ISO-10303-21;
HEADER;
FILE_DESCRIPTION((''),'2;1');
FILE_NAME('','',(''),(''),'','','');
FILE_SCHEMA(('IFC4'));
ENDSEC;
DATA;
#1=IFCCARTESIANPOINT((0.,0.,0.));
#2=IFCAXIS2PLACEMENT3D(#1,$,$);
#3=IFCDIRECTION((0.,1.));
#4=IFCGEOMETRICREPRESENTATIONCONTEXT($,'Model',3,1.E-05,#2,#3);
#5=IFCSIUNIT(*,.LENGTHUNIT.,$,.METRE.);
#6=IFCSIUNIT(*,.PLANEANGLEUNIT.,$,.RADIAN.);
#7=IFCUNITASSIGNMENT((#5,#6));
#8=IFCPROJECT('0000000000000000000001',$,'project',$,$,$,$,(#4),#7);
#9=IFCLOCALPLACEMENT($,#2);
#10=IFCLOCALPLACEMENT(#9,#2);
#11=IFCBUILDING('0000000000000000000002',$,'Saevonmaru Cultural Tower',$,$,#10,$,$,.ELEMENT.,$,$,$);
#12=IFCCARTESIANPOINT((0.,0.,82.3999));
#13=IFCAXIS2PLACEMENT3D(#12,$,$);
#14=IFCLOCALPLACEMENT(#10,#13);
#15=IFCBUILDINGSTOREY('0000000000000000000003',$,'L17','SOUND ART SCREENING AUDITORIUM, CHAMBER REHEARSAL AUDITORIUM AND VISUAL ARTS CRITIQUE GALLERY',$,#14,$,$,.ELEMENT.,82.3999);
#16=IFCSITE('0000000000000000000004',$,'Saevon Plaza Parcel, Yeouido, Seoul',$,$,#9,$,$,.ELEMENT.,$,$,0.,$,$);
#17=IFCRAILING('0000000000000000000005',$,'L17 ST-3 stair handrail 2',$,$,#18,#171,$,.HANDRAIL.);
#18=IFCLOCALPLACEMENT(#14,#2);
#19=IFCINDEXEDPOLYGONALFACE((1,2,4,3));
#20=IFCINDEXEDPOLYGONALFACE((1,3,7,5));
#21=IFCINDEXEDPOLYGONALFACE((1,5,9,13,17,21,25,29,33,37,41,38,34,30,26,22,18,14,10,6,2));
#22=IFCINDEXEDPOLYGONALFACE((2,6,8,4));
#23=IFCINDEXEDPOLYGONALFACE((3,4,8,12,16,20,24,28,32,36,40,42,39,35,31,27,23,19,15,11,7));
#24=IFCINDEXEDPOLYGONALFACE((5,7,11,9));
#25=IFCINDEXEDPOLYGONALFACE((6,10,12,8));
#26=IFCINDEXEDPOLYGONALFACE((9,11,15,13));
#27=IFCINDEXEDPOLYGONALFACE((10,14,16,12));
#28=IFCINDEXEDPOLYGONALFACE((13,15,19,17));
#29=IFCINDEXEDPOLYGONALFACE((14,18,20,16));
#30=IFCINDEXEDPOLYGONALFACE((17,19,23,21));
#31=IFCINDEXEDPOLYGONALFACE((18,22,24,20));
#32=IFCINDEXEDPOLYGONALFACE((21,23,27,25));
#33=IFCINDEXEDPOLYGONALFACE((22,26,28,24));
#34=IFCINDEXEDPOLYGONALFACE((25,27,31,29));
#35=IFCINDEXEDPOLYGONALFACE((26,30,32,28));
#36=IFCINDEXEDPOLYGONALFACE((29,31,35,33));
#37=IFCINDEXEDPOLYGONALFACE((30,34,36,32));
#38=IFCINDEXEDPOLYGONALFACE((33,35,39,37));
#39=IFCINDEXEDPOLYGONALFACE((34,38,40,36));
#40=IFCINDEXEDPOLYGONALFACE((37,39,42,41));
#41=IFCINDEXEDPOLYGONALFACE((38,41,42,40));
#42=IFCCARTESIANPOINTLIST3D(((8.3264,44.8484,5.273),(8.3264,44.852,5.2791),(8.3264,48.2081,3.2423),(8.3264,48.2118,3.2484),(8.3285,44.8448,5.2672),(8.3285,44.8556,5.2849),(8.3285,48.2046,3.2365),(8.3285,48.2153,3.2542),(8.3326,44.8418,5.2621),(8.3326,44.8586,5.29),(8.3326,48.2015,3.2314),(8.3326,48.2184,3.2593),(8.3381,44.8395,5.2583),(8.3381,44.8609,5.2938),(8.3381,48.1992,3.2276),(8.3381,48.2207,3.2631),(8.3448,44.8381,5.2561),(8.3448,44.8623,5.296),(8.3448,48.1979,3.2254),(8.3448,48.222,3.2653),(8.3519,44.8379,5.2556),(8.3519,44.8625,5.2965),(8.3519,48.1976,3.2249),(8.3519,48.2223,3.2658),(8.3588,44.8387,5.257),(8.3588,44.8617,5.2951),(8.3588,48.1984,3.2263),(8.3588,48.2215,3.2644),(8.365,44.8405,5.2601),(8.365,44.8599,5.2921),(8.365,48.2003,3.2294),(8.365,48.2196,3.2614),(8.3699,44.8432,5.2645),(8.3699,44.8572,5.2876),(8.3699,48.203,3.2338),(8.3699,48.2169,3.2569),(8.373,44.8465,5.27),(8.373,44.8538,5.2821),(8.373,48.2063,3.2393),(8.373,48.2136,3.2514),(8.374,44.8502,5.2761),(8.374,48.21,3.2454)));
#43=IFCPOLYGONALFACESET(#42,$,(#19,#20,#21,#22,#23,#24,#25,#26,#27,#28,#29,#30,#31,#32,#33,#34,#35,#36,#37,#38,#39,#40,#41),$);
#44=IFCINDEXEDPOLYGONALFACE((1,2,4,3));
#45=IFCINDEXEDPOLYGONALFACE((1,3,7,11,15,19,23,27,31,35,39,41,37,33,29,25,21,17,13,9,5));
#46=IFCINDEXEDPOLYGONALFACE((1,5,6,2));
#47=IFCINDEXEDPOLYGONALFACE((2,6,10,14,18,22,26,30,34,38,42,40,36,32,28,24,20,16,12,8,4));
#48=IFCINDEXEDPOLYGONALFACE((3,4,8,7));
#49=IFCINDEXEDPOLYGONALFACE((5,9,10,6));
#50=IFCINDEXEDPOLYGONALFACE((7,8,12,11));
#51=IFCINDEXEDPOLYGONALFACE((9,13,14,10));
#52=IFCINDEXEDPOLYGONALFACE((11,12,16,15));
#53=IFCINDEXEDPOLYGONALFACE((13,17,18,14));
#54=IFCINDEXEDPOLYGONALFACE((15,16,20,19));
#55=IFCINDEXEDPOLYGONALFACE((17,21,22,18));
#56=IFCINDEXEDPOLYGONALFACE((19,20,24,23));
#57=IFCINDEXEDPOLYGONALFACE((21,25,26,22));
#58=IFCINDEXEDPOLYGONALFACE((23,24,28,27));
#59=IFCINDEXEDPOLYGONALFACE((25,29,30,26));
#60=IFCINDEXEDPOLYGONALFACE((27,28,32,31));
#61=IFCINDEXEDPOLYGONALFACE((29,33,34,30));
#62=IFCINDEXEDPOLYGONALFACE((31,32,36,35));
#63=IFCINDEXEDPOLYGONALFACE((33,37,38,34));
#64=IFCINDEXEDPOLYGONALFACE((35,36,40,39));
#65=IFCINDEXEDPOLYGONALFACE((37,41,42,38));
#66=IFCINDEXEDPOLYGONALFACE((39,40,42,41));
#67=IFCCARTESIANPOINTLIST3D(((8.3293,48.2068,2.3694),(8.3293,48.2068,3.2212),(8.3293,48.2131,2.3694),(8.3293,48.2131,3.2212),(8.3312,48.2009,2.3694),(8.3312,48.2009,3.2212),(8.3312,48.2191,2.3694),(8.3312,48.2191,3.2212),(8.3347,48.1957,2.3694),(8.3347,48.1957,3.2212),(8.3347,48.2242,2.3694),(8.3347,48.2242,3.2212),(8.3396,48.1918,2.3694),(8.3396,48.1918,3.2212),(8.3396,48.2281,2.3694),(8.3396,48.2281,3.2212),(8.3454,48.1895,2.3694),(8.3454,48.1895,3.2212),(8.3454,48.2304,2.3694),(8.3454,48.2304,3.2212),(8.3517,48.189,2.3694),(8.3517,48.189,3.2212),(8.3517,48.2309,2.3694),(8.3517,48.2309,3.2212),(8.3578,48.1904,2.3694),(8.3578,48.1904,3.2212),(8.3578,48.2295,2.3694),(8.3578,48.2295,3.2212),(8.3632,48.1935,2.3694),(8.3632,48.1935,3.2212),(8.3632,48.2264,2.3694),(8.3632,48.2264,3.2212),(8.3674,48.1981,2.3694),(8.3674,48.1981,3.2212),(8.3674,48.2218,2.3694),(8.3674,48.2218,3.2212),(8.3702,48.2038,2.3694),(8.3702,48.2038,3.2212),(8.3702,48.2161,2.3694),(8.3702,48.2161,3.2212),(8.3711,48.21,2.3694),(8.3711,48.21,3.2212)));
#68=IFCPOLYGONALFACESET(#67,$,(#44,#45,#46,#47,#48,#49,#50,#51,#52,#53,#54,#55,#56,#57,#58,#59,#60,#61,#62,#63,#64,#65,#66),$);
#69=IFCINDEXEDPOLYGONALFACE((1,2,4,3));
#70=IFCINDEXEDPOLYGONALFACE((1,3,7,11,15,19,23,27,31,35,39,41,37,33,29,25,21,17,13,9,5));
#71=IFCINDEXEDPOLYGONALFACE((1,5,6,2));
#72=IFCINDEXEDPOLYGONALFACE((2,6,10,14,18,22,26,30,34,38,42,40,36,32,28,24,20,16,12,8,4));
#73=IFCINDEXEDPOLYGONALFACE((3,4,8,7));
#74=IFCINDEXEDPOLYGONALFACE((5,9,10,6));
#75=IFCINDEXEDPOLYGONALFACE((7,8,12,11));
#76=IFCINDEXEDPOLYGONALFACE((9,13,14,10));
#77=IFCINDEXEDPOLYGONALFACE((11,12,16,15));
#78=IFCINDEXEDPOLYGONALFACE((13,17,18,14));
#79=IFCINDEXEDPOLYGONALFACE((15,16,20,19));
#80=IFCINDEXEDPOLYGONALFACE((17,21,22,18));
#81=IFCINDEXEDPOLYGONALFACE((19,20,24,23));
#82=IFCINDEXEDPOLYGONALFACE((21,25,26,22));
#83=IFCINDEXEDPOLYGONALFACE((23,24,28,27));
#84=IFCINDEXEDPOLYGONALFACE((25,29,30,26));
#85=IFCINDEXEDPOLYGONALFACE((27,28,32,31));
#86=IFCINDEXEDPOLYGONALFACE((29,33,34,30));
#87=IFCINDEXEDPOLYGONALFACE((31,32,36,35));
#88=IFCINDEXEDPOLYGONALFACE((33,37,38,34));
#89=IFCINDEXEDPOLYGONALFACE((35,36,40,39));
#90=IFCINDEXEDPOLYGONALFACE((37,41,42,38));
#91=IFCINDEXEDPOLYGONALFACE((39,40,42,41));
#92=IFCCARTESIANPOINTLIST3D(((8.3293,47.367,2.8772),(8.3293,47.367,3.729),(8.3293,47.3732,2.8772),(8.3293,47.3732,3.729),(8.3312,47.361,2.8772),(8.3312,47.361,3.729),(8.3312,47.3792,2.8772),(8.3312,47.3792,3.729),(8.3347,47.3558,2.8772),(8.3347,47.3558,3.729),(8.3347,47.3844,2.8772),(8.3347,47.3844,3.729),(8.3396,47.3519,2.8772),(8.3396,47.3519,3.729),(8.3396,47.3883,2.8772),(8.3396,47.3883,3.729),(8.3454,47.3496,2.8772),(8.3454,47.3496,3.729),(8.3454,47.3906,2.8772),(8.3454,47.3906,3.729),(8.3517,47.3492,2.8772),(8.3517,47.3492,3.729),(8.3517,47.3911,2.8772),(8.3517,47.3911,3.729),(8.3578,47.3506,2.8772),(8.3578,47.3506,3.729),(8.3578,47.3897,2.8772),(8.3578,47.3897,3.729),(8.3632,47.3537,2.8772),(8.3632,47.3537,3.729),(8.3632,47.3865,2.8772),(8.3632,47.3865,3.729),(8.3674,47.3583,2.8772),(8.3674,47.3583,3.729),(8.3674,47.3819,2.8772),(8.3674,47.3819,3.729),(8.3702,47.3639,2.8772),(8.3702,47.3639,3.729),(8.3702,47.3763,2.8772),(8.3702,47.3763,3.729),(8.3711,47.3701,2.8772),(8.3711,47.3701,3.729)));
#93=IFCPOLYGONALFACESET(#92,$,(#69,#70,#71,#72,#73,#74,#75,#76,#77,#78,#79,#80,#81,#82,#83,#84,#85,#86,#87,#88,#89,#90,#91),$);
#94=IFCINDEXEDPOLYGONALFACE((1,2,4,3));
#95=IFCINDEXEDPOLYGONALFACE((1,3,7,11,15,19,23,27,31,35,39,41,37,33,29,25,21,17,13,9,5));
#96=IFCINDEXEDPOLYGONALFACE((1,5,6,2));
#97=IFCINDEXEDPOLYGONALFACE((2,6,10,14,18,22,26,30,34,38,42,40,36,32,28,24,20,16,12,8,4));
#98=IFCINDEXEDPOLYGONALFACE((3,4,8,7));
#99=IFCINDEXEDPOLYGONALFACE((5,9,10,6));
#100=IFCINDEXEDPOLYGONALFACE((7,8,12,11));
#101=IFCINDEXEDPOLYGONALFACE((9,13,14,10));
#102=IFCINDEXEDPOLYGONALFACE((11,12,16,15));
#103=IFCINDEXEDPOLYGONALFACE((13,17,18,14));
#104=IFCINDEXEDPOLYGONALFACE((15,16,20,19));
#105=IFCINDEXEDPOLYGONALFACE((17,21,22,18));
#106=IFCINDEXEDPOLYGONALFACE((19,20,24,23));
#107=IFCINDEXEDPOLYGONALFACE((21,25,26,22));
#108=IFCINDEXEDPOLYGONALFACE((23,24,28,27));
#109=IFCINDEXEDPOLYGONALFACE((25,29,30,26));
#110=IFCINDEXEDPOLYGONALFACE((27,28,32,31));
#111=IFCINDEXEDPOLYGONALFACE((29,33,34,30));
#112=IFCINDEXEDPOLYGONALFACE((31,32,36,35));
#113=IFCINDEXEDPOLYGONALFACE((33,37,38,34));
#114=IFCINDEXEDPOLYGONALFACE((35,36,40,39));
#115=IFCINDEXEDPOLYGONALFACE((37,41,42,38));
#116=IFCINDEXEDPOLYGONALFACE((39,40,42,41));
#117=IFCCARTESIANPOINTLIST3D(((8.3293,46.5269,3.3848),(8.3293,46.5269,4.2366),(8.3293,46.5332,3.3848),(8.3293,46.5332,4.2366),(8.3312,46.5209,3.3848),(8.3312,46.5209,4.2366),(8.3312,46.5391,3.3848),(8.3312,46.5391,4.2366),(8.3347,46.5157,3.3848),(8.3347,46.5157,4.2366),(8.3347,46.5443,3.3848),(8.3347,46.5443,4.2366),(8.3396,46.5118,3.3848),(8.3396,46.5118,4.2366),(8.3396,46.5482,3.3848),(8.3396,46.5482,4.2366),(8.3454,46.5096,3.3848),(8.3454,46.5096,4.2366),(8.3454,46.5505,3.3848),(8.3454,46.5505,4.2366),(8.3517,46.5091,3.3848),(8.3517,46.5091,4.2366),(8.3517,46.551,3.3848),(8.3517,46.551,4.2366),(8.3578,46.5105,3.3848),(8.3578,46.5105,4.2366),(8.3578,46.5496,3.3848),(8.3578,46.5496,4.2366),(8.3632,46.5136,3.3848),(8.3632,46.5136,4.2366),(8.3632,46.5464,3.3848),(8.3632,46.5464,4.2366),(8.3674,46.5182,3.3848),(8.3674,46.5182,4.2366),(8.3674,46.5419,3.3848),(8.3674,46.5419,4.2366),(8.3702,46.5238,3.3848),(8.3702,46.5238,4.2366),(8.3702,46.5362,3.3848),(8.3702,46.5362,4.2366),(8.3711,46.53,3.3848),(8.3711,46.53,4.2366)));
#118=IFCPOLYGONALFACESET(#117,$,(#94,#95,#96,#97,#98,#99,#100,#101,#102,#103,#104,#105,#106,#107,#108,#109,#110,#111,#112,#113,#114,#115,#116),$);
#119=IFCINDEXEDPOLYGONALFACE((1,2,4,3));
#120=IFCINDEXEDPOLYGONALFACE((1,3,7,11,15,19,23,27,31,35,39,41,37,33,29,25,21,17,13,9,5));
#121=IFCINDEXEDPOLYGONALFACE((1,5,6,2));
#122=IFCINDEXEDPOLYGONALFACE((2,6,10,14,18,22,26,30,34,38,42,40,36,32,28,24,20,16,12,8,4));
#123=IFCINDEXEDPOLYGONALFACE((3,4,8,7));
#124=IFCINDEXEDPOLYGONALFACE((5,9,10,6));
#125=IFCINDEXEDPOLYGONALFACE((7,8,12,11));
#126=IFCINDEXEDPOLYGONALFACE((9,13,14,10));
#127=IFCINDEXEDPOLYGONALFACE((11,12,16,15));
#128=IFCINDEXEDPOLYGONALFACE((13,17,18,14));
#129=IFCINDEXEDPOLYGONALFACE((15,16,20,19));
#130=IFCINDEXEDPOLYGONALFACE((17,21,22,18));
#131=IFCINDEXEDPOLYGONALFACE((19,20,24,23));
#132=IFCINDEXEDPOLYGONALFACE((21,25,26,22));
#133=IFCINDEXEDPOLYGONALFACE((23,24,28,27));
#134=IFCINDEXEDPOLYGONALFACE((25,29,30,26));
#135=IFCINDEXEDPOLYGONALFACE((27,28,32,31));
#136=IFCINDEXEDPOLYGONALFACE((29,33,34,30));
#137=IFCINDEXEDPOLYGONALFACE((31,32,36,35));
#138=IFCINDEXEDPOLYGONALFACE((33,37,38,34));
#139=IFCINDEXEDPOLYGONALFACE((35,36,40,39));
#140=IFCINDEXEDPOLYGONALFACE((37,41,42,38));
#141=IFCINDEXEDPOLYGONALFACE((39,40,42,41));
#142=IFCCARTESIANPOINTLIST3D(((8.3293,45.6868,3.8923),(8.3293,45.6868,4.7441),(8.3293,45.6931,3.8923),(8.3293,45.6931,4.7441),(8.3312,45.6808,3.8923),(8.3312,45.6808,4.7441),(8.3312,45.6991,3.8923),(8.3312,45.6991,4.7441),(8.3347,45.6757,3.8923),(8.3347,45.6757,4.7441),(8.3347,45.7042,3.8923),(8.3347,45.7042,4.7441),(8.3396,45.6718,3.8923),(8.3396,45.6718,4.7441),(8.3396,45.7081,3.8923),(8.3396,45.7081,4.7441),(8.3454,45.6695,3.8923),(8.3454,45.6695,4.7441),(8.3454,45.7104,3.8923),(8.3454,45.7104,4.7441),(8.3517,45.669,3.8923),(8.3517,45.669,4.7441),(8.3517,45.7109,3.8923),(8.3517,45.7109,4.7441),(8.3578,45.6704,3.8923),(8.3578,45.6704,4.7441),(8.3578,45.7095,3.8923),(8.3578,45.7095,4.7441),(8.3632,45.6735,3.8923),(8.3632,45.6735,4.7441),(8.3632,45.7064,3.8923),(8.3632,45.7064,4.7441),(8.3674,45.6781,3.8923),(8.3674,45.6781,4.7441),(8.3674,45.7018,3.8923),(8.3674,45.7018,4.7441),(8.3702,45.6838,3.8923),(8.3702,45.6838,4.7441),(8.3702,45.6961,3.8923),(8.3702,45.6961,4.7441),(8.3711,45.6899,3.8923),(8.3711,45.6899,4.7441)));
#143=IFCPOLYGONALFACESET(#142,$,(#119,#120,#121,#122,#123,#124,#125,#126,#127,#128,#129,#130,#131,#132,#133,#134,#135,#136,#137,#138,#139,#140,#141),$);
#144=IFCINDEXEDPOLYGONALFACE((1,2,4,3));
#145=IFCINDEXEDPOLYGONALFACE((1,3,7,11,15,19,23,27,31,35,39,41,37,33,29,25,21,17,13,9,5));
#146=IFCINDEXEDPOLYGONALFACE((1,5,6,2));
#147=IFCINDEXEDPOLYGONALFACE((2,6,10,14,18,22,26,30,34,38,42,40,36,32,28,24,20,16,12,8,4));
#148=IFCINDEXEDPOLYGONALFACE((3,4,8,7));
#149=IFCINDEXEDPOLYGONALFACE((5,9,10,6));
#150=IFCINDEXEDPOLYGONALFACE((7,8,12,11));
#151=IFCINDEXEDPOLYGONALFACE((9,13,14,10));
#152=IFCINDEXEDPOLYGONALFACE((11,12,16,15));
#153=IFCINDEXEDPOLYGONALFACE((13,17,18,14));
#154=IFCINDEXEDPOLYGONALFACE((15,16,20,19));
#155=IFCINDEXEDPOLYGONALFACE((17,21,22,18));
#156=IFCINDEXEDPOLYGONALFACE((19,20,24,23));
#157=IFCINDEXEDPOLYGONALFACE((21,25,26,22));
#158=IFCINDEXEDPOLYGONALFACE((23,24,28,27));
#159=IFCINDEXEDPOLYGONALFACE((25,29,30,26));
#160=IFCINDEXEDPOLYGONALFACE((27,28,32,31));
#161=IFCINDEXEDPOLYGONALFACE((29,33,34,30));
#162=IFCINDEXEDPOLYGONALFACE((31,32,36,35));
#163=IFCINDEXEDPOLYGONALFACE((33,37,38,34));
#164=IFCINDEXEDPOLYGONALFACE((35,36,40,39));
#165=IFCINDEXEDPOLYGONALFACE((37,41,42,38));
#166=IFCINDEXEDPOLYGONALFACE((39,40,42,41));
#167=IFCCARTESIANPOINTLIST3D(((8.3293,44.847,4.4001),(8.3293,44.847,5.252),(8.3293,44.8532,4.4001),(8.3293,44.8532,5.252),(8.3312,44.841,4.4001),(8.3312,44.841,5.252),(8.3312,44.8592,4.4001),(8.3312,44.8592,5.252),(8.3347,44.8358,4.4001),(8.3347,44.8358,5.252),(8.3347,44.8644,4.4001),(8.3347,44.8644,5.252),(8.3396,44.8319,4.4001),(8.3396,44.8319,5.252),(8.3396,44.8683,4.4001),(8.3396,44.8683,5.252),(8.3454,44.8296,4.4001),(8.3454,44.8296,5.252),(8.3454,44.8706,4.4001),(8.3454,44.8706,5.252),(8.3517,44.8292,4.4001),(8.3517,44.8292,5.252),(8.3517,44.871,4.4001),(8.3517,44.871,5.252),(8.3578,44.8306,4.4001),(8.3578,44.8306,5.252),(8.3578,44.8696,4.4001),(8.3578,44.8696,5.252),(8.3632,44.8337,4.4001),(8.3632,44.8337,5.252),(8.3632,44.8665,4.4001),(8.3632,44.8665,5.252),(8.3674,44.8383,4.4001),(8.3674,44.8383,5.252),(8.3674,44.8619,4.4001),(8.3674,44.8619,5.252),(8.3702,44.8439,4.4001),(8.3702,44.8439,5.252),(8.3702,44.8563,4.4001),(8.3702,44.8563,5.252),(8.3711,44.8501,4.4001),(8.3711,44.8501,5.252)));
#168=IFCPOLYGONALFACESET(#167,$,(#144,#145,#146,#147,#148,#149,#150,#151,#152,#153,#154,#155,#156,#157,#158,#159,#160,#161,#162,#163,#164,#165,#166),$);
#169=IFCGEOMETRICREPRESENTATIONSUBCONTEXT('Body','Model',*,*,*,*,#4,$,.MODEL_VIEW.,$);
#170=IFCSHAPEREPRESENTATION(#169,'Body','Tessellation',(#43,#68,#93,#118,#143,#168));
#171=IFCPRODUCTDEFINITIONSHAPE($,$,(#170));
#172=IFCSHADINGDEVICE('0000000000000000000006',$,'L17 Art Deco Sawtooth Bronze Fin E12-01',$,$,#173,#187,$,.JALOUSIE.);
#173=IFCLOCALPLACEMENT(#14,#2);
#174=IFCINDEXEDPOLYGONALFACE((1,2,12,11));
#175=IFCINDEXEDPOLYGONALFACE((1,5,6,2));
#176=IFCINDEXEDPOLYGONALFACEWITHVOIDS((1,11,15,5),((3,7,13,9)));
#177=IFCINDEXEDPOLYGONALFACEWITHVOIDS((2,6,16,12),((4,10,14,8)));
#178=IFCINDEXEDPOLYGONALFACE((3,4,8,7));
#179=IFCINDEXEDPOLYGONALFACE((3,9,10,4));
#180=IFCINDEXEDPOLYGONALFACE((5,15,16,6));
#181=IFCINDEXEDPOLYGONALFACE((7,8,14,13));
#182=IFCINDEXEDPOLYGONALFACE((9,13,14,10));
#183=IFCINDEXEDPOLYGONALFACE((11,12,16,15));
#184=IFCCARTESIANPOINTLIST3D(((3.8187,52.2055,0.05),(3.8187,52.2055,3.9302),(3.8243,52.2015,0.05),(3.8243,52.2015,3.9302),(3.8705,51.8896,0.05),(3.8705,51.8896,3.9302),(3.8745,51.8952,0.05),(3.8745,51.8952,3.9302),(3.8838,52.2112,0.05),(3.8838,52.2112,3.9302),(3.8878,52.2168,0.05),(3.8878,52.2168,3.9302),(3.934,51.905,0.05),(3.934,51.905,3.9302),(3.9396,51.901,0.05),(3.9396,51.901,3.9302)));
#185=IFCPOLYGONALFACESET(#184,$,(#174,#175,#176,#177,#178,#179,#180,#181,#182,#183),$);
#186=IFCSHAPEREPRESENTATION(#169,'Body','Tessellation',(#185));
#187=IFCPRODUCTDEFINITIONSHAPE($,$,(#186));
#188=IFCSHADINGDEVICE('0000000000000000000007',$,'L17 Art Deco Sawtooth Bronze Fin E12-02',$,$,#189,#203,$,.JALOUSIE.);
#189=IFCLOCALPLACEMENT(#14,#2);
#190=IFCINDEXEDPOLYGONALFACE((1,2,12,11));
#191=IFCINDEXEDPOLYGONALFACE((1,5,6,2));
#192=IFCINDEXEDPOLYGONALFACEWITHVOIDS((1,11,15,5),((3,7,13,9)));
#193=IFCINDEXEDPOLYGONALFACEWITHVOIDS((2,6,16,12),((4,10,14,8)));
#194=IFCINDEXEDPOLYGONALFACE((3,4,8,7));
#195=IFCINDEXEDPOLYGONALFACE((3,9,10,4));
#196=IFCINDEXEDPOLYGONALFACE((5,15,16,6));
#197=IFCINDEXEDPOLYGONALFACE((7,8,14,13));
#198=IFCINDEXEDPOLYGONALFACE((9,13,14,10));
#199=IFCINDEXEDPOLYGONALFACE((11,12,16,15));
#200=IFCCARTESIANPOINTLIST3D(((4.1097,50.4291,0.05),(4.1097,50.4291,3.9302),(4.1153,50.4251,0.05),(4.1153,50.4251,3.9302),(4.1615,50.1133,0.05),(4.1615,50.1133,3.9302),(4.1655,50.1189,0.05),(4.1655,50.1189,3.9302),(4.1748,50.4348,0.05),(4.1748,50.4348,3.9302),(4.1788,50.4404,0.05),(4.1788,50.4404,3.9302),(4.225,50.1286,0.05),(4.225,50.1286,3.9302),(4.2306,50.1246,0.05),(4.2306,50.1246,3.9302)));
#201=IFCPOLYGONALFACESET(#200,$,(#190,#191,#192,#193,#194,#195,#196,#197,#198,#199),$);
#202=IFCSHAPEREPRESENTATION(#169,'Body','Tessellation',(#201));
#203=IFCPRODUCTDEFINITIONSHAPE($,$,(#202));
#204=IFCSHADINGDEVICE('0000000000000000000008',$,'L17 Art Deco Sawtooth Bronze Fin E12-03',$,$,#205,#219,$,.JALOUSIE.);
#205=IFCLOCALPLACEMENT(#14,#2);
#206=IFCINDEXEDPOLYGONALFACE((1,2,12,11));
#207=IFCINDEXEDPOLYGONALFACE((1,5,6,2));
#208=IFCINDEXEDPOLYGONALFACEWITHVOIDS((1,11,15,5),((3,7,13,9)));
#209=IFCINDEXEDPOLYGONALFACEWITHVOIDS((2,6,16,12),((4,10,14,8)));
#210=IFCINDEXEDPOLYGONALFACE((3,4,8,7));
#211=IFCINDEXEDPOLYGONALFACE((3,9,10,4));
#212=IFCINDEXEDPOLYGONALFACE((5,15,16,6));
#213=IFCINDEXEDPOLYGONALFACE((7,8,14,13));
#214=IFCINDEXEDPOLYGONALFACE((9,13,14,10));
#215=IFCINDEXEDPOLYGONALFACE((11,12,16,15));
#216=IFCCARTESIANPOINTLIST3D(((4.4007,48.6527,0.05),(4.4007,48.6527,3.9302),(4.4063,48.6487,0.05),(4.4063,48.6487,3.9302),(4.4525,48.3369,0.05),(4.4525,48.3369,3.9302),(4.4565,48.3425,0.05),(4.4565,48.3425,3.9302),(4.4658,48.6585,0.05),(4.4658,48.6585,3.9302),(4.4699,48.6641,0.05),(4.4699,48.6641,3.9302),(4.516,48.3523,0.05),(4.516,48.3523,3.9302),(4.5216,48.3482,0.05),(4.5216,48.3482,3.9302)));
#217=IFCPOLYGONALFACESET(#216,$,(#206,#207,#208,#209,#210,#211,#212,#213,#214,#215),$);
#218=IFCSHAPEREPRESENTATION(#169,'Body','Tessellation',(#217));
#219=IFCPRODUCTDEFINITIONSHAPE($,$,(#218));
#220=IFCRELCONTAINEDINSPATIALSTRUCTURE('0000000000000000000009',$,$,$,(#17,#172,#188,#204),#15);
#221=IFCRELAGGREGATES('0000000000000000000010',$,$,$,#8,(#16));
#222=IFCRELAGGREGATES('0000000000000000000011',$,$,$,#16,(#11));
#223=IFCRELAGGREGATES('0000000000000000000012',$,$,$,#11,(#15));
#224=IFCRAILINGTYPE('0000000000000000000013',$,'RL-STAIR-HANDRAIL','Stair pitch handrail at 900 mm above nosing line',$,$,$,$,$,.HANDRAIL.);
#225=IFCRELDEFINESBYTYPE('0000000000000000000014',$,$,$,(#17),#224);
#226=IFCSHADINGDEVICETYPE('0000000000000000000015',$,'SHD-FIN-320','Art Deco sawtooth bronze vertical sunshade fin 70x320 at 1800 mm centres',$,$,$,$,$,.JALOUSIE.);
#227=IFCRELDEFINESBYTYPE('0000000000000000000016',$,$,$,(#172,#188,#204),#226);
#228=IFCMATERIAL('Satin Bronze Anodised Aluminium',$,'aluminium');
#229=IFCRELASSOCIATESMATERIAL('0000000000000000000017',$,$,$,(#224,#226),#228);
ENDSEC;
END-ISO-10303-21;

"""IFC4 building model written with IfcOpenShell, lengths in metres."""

from ifc_helpers import new_model, si_unit, direction, frame, origin, origin_2d, place, context, subcontext, project, spatial, hollow_rectangle, circle, extrude, material, material_profile, profile_set, type_object, element, save


model = new_model("IFC4")

# Units and contexts
model_context = context("Model", 3, precision=1e-05, world=origin(), true_north=direction((0.0, 1.0)))
body_context = subcontext(model_context, "Body", "Model", "MODEL_VIEW")
ifc_project = project(units=[si_unit("LENGTHUNIT", "METRE"), si_unit("PLANEANGLEUNIT", "RADIAN")], contexts=[model_context])

# Site, building, storey
site_placement = place(None, origin())
site = spatial("IfcSite", under=ifc_project, at=site_placement, Name="Saevon Plaza Parcel, Yeouido, Seoul", CompositionType="ELEMENT", RefElevation=0.0)
building_placement = place(site_placement, origin())
building = spatial("IfcBuilding", under=site, at=building_placement, Name="Saevonmaru Cultural Tower", CompositionType="ELEMENT")
storey_placement = place(building_placement, frame((0.0, 0.0, 82.3999)))
storey = spatial("IfcBuildingStorey", under=building, at=storey_placement, Name="L17", Description="SOUND ART SCREENING AUDITORIUM, CHAMBER REHEARSAL AUDITORIUM AND VISUAL ARTS CRITIQUE GALLERY", CompositionType="ELEMENT", Elevation=82.3999)

# Shared definitions
ifc_material_1 = material(Name="Satin Bronze Anodised Aluminium", Category="aluminium")

# Railing
railing_type_1 = type_object("IfcRailingType", Name="RL-STAIR-HANDRAIL", Description="Stair pitch handrail at 900 mm above nosing line", PredefinedType="HANDRAIL", material=ifc_material_1)
railing_1_placement = place(storey_placement, frame((8.3501, 48.21, 2.3694)))
element("IfcRailing", 1, at=railing_1_placement, inside=storey, type_object=railing_type_1, Name="L17 ST-3 stair handrail 2", PredefinedType="HANDRAIL", context=body_context, shape_type="SweptSolid", body=[
    extrude(circle(Radius=0.0239, at=origin_2d()), frame((0.0, 0.0, 0.876), z_axis=(0.0, -0.85582, 0.517273), x_axis=(1.0, 0.0, 0.0)), (0.0, 0.0, 1.0), 3.9258),
    extrude(circle(Radius=0.021, at=origin_2d()), origin(), (0.0, 0.0, 1.0), 0.8518),
    extrude(circle(Radius=0.021, at=origin_2d()), frame((0.0, -0.8398, 0.5078)), (0.0, 0.0, 1.0), 0.8518),
    extrude(circle(Radius=0.021, at=origin_2d()), frame((0.0, -1.6799, 1.0154)), (0.0, 0.0, 1.0), 0.8518),
    extrude(circle(Radius=0.021, at=origin_2d()), frame((0.0, -2.52, 1.5229)), (0.0, 0.0, 1.0), 0.8518),
    extrude(circle(Radius=0.021, at=origin_2d()), frame((0.0, -3.3599, 2.0308)), (0.0, 0.0, 1.0), 0.8518),
])

# Shading devices
ifc_material_profile_1 = material_profile(ifc_material_1, hollow_rectangle(XDim=0.0701, YDim=0.3201, WallThickness=0.0049, at=origin_2d()), Name="FIN-320x70")
ifc_profile_set_1 = profile_set([ifc_material_profile_1], Name="Satin Bronze Anodised Aluminium")
shading_device_type = type_object("IfcShadingDeviceType", Name="SHD-FIN-320", Description="Art Deco sawtooth bronze vertical sunshade fin 70x320 at 1800 mm centres", PredefinedType="JALOUSIE", material=ifc_profile_set_1)
for number, where, z_axis, x_axis, name in (
    (2, (3.8792, 52.0532, 0.05), (0.0, 0.0, 1.0), (-0.986827, -0.161776, 0.0), "L17 Art Deco Sawtooth Bronze Fin E12-01"),
    (3, (4.1702, 50.2769, 0.05), (0.0, 0.0, 1.0), (-0.986827, -0.161776, 0.0), "L17 Art Deco Sawtooth Bronze Fin E12-02"),
    (4, (4.4612, 48.5005, 0.05), (0.0, 0.0, 1.0), (-0.986827, -0.161776, 0.0), "L17 Art Deco Sawtooth Bronze Fin E12-03"),
):
    element("IfcShadingDevice", number, at=place(storey_placement, frame(where, z_axis=z_axis, x_axis=x_axis)), inside=storey, type_object=shading_device_type, Name=name, PredefinedType="JALOUSIE", context=body_context, shape_type="SweptSolid", body=[
        extrude(hollow_rectangle(XDim=0.0701, YDim=0.3201, WallThickness=0.0049, at=origin_2d()), origin(), (0.0, 0.0, 1.0), 3.8801),
    ])

save(model, "model.ifc")
